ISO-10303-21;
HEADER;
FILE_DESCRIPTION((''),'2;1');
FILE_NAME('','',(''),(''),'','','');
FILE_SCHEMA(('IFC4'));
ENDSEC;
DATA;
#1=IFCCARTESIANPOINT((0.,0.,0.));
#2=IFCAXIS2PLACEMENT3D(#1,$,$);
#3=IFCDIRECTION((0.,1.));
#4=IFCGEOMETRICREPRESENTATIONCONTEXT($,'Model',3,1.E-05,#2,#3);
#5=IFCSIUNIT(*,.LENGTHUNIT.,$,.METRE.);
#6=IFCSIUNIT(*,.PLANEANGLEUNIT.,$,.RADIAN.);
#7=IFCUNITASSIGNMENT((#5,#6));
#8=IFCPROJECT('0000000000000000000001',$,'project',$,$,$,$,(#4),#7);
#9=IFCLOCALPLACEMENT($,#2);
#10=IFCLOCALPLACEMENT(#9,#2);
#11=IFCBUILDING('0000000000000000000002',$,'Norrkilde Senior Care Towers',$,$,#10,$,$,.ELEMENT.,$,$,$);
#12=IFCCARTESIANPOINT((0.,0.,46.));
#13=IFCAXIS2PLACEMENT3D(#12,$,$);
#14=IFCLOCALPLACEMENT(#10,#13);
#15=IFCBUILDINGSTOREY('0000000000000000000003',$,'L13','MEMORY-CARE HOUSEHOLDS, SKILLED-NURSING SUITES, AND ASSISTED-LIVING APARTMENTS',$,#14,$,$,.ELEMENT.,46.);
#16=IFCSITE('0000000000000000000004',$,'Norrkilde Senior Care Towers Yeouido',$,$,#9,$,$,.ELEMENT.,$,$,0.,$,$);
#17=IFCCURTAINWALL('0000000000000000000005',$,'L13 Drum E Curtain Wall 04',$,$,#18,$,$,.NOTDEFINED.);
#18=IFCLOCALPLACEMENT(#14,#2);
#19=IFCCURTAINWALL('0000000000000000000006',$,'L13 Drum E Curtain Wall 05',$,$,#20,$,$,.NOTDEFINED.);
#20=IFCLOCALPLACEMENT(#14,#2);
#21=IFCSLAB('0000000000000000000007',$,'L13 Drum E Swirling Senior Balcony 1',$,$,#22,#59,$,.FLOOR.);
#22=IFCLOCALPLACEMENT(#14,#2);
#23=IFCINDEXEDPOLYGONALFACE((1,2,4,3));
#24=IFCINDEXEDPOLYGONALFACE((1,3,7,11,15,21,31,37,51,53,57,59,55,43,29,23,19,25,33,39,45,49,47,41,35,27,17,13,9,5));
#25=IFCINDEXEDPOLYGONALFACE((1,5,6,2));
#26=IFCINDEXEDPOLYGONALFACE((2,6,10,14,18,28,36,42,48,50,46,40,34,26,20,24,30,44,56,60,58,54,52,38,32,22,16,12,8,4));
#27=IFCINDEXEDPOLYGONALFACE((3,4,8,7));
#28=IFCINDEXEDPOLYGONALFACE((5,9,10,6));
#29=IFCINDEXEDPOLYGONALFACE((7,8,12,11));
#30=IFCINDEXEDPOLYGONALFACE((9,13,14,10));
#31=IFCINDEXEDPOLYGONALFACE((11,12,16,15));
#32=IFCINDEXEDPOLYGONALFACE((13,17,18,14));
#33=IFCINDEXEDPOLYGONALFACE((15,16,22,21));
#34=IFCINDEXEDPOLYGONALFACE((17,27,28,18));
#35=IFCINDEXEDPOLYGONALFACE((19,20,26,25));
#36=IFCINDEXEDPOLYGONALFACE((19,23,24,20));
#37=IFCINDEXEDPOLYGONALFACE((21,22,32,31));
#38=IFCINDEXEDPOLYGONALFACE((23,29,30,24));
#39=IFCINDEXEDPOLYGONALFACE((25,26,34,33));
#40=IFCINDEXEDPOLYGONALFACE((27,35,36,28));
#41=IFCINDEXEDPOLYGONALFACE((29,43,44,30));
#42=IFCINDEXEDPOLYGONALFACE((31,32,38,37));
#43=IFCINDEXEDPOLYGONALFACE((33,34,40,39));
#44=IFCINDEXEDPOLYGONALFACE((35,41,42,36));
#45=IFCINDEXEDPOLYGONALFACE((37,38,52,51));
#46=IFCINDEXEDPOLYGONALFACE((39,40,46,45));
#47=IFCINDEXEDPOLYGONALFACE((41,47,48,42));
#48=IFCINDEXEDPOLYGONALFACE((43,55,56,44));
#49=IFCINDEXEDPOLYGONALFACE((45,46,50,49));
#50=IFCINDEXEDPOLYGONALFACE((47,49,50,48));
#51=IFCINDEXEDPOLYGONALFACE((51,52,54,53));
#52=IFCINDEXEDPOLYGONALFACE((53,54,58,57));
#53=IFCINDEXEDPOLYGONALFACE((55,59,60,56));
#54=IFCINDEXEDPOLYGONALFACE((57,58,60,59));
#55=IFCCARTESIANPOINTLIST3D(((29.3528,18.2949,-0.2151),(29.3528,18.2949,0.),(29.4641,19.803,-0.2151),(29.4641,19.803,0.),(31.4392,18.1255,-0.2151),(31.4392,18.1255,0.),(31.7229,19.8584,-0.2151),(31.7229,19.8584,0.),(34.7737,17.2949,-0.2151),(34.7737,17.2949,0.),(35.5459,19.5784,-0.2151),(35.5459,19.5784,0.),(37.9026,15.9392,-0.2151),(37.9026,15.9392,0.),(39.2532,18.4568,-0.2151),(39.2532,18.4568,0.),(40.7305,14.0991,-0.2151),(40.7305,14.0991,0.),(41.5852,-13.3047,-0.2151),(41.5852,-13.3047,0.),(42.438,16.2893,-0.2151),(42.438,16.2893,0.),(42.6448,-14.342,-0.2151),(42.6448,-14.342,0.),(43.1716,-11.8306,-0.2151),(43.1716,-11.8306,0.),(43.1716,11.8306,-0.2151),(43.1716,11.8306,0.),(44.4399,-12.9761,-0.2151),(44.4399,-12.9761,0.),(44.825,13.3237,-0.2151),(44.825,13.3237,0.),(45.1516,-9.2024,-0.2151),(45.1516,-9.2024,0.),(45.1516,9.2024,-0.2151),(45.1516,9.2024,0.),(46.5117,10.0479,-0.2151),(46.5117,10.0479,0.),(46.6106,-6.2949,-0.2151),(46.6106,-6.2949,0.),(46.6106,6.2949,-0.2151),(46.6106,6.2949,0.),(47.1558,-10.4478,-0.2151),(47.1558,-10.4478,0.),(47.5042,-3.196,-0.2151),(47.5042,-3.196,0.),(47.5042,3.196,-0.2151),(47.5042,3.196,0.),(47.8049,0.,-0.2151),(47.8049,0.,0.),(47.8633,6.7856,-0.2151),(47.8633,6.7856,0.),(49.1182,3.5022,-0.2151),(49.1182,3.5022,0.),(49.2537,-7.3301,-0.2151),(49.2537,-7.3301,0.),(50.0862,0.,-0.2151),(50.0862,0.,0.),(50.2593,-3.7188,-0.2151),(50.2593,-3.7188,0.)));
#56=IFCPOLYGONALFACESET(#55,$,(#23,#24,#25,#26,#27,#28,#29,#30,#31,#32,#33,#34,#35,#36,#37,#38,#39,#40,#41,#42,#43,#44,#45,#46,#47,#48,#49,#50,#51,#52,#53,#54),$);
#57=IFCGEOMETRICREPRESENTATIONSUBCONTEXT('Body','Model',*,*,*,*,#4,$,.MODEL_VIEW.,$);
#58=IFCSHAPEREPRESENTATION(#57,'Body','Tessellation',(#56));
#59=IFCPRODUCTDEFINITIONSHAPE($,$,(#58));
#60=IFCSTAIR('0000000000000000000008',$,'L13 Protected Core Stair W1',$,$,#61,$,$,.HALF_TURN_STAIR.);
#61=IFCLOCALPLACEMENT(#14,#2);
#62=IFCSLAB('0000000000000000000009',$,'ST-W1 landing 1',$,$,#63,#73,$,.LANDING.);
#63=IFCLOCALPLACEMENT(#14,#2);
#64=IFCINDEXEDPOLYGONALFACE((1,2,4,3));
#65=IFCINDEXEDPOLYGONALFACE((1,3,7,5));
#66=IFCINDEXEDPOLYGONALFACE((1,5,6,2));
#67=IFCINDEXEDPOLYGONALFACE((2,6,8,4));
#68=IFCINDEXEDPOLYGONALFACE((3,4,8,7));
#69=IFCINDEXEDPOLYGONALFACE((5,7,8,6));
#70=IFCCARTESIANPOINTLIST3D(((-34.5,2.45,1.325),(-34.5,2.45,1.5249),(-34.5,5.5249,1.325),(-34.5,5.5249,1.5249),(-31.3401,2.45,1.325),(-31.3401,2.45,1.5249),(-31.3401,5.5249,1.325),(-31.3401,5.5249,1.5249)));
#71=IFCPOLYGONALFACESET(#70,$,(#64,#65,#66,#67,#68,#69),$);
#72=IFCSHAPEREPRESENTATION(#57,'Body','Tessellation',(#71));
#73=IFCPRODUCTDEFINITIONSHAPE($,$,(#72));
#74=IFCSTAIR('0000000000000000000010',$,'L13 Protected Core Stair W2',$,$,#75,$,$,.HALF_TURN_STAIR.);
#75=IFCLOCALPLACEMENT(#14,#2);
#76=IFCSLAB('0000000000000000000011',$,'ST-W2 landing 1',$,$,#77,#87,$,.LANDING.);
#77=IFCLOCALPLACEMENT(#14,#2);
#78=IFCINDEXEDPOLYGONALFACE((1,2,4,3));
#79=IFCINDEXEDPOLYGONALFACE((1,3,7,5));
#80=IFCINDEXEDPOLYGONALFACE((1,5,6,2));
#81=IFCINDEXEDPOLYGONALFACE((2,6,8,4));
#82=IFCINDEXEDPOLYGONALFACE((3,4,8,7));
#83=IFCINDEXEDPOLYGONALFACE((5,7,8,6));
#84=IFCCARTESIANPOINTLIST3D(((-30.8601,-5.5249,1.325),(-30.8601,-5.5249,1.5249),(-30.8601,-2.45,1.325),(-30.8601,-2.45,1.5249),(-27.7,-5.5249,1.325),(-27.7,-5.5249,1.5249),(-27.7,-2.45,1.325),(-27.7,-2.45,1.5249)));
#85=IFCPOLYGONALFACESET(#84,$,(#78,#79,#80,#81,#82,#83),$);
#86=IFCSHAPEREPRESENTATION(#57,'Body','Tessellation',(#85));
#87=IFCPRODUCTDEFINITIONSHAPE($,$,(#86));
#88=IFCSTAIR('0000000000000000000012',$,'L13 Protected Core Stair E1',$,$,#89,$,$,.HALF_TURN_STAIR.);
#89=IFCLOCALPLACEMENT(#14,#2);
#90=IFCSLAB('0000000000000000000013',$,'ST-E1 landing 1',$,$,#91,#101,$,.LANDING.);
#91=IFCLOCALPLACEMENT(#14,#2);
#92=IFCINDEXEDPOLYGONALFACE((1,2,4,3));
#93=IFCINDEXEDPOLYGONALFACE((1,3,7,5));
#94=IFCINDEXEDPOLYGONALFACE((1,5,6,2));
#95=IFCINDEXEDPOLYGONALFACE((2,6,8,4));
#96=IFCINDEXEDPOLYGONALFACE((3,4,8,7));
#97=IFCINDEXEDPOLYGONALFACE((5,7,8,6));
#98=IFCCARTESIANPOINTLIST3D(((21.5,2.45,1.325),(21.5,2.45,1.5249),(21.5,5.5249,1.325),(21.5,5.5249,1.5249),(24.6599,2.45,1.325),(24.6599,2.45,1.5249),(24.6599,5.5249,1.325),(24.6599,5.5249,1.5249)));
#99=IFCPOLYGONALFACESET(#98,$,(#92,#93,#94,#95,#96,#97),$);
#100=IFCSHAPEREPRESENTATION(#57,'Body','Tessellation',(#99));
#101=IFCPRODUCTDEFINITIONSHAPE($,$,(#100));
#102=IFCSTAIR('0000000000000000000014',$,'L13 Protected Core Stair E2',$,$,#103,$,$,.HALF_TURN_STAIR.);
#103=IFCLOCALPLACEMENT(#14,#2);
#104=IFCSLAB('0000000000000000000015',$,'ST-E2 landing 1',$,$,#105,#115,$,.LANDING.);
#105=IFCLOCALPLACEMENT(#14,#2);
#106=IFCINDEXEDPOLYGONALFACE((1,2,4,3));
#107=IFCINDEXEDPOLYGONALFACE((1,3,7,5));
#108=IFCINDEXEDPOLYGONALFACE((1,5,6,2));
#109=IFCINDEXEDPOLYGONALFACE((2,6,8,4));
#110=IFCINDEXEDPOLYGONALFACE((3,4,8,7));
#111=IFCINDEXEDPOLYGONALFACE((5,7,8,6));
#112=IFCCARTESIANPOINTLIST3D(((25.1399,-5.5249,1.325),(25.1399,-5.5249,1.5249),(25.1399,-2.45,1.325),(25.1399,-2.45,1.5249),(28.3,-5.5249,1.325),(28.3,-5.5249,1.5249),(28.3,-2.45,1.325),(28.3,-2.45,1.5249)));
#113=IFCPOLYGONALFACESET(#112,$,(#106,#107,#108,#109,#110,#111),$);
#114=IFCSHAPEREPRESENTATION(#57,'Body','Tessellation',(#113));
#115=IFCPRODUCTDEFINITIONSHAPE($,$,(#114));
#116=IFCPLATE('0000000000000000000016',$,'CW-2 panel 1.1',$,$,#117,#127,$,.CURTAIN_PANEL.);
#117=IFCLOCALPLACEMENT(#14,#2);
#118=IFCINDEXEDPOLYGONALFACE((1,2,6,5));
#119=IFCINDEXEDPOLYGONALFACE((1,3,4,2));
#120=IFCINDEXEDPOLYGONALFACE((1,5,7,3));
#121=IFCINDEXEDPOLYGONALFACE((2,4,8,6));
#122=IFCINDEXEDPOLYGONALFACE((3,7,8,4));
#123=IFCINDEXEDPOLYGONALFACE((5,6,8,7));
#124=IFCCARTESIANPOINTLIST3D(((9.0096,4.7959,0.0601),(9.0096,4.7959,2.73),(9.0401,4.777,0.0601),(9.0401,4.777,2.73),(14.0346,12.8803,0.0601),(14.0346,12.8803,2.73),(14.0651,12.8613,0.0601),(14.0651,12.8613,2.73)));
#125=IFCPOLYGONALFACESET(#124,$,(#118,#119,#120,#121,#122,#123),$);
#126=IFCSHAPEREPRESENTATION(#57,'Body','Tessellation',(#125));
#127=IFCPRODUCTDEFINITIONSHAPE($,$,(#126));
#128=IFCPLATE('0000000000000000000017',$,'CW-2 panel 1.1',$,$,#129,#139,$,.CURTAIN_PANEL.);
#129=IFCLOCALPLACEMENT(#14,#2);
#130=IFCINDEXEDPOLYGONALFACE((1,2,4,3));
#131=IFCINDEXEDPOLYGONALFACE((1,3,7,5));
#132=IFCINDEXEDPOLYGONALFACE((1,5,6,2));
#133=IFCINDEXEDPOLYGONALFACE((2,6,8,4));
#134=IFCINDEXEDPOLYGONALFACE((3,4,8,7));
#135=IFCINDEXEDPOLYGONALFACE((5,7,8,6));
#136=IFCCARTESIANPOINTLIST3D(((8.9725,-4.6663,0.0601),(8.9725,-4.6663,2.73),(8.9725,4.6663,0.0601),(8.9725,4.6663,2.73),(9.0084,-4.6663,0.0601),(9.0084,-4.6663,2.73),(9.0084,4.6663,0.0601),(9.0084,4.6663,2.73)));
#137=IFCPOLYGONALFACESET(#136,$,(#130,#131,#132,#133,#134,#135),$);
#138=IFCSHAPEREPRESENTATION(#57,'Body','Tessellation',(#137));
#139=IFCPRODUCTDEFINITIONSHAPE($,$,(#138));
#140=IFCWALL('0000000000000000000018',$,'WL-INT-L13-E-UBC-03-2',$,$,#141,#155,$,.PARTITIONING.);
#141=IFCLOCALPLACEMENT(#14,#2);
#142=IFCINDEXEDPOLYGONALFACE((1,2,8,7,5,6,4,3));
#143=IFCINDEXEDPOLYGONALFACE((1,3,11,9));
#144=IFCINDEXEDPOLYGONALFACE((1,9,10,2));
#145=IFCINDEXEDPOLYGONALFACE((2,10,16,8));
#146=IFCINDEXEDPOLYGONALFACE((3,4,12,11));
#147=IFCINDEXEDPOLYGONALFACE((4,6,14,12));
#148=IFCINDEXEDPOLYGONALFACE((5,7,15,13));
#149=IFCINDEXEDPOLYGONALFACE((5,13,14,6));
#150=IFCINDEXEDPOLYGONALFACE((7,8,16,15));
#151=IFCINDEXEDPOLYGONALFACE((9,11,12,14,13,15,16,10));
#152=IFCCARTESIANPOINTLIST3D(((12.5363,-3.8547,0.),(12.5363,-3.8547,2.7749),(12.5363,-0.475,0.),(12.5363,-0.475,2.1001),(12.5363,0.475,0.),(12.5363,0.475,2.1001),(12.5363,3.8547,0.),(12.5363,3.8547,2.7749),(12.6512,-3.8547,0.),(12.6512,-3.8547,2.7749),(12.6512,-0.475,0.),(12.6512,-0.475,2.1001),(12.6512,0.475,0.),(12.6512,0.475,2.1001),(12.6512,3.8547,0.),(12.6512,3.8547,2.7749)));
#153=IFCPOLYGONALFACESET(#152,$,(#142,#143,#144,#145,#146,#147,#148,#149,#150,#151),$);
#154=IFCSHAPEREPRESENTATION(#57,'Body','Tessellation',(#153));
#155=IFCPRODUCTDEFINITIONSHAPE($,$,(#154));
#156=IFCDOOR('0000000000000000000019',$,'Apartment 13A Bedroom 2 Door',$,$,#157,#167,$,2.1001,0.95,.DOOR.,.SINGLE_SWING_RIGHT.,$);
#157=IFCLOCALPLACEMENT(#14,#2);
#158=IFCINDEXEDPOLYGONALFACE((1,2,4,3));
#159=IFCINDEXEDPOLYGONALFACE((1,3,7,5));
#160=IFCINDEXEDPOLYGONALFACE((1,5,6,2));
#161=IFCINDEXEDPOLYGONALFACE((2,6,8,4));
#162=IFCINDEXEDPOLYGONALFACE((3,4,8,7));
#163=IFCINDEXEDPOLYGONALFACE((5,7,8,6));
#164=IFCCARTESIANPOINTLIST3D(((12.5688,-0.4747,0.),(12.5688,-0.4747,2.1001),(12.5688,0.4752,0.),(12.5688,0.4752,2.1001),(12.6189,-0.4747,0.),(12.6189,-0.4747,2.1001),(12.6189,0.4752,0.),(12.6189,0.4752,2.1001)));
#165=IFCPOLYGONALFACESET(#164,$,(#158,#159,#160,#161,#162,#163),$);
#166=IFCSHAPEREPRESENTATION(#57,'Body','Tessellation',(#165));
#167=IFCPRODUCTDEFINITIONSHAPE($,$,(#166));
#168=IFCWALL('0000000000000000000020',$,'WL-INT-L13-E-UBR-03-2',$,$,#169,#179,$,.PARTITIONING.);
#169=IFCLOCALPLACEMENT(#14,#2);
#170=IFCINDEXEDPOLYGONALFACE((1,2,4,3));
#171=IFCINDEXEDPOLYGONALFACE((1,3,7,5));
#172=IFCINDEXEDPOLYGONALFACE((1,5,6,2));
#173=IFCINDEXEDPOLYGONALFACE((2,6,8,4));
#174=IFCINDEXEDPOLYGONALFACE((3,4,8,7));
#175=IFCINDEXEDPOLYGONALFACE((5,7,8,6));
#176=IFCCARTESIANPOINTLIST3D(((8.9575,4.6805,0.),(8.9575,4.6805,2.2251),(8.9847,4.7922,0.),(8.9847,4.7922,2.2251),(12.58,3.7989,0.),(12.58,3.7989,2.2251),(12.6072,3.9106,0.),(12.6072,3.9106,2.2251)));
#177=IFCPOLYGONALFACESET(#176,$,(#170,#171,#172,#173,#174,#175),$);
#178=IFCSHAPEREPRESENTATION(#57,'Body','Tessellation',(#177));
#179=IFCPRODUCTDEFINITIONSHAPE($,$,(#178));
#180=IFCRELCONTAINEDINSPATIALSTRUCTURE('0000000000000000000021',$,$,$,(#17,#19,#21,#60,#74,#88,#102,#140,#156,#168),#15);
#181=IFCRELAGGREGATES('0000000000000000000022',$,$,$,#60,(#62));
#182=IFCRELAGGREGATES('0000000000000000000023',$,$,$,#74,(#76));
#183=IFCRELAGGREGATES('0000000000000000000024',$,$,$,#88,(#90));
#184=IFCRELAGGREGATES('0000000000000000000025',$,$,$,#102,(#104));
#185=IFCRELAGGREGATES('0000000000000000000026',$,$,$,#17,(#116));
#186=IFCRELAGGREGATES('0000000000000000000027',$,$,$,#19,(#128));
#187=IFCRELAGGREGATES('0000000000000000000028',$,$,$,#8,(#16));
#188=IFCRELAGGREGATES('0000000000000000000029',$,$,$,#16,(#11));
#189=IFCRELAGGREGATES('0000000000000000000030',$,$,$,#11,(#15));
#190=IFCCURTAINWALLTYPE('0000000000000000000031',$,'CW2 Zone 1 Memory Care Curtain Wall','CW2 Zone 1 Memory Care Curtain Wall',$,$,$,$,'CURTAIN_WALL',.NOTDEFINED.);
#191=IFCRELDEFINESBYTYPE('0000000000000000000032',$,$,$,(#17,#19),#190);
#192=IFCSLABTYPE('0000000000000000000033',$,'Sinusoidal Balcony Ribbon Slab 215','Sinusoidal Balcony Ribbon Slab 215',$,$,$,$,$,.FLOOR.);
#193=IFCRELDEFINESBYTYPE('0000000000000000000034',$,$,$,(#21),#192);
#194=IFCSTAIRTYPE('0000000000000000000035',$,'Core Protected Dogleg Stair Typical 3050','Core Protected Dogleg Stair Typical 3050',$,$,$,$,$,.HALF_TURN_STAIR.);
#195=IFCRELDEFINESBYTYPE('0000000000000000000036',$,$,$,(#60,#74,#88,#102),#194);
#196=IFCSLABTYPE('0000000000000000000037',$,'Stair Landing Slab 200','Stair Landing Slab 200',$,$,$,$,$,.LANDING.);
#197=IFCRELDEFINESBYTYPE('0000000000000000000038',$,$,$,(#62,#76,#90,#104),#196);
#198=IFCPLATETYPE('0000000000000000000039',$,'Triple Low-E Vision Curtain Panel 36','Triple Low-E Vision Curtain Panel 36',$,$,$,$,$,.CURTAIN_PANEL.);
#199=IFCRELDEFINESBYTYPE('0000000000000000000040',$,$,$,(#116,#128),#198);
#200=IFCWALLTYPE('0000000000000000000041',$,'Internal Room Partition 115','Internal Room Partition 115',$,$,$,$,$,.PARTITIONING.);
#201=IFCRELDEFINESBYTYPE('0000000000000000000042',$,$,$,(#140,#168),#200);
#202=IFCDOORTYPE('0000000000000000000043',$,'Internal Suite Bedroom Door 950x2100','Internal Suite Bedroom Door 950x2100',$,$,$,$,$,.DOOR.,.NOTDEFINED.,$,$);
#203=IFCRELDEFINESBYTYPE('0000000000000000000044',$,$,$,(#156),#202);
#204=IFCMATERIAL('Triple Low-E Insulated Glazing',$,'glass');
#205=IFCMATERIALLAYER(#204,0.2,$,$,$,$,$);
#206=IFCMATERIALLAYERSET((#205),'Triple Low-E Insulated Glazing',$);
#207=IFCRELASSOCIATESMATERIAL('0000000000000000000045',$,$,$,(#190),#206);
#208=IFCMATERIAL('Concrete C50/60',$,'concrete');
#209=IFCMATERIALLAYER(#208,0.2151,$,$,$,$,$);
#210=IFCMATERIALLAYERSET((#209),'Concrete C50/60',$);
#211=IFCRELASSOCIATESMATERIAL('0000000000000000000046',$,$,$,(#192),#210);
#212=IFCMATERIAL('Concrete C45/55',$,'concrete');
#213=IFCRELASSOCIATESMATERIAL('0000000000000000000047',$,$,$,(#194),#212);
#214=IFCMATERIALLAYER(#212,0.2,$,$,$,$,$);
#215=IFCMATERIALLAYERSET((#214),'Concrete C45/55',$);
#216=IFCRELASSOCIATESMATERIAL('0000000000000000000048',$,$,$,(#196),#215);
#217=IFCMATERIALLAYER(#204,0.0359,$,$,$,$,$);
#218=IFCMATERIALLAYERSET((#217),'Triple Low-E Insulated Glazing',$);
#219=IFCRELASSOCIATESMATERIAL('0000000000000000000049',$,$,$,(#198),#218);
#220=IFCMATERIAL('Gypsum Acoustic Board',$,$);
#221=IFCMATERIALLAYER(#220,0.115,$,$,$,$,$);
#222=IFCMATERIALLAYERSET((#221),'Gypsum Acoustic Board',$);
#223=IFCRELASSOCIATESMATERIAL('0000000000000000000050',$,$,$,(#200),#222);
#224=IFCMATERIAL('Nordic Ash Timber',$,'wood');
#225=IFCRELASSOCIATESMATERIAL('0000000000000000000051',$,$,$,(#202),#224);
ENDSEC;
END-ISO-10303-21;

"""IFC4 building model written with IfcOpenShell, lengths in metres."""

from ifc_helpers import new_model, si_unit, direction, frame, frame_2d, origin, origin_2d, place, context, subcontext, project, spatial, polyline, rectangle, outline, extrude, source, transform, mapped, material, layer, layer_set, type_object, type_shapes, element, fill, aggregate, save


model = new_model("IFC4")

# Units and contexts
model_context = context("Model", 3, precision=1e-05, world=origin(), true_north=direction((0.0, 1.0)))
body_context = subcontext(model_context, "Body", "Model", "MODEL_VIEW")
ifc_project = project(units=[si_unit("LENGTHUNIT", "METRE"), si_unit("PLANEANGLEUNIT", "RADIAN")], contexts=[model_context])

# Site, building, storey
site_placement = place(None, origin())
site = spatial("IfcSite", under=ifc_project, at=site_placement, Name="Norrkilde Senior Care Towers Yeouido", CompositionType="ELEMENT", RefElevation=0.0)
building_placement = place(site_placement, origin())
building = spatial("IfcBuilding", under=site, at=building_placement, Name="Norrkilde Senior Care Towers", CompositionType="ELEMENT")
storey_placement = place(building_placement, frame((0.0, 0.0, 46.0)))
storey = spatial("IfcBuildingStorey", under=building, at=storey_placement, Name="L13", Description="MEMORY-CARE HOUSEHOLDS, SKILLED-NURSING SUITES, AND ASSISTED-LIVING APARTMENTS", CompositionType="ELEMENT", Elevation=46.0)

# Shared definitions
ifc_material_1 = material(Name="Triple Low-E Insulated Glazing", Category="glass")
ifc_layer_1 = layer(ifc_material_1, 0.2)
ifc_layer_set_1 = layer_set([ifc_layer_1], Name="Triple Low-E Insulated Glazing")
curtain_wall_type = type_object("IfcCurtainWallType", Name="CW2 Zone 1 Memory Care Curtain Wall", Description="CW2 Zone 1 Memory Care Curtain Wall", ElementType="CURTAIN_WALL", PredefinedType="NOTDEFINED", material=ifc_layer_set_1)

# Curtain wall
curtain_wall_1_placement = place(storey_placement, origin())
curtain_wall_1 = element("IfcCurtainWall", 1, at=curtain_wall_1_placement, inside=storey, type_object=curtain_wall_type, Name="L13 Drum E Curtain Wall 04", PredefinedType="NOTDEFINED")

# Curtain wall
curtain_wall_2_placement = place(storey_placement, origin())
curtain_wall_2 = element("IfcCurtainWall", 2, at=curtain_wall_2_placement, inside=storey, type_object=curtain_wall_type, Name="L13 Drum E Curtain Wall 05", PredefinedType="NOTDEFINED")

# Slab
ifc_material_2 = material(Name="Concrete C50/60", Category="concrete")
ifc_layer_2 = layer(ifc_material_2, 0.2151)
ifc_layer_set_2 = layer_set([ifc_layer_2], Name="Concrete C50/60")
slab_type_1 = type_object("IfcSlabType", Name="Sinusoidal Balcony Ribbon Slab 215", Description="Sinusoidal Balcony Ribbon Slab 215", PredefinedType="FLOOR", material=ifc_layer_set_2)
slab_1_placement = place(storey_placement, frame((0.0, 0.0, -0.2151)))
element("IfcSlab", 3, at=slab_1_placement, inside=storey, type_object=slab_type_1, Name="L13 Drum E Swirling Senior Balcony 1", PredefinedType="FLOOR", context=body_context, shape_type="SweptSolid", body=[
    extrude(outline(polyline([(47.1558, -10.4478), (44.4399, -12.9761), (42.6448, -14.342), (41.5852, -13.3047), (43.1716, -11.8306), (45.1516, -9.2024), (46.6106, -6.2949), (47.5042, -3.196), (47.8049, 0.0), (47.5042, 3.196), (46.6106, 6.2949), (45.1516, 9.2024), (43.1716, 11.8306), (40.7305, 14.0991), (37.9026, 15.9392), (34.7737, 17.2949), (31.4392, 18.1255), (29.3528, 18.2949), (29.4641, 19.803), (31.7229, 19.8584), (35.5459, 19.5784), (39.2532, 18.4568), (42.438, 16.2893), (44.825, 13.3237), (46.5117, 10.0479), (47.8633, 6.7856), (49.1182, 3.5022), (50.0862, 0.0), (50.2593, -3.7188), (49.2537, -7.3301), (47.1558, -10.4478)])), origin(), (0.0, 0.0, 1.0), 0.2151),
])

# Stairs, slabs
ifc_material_3 = material(Name="Concrete C45/55", Category="concrete")
stair_type = type_object("IfcStairType", Name="Core Protected Dogleg Stair Typical 3050", Description="Core Protected Dogleg Stair Typical 3050", PredefinedType="HALF_TURN_STAIR", material=ifc_material_3)
stair_1_placement = place(storey_placement, origin())
stair_1 = element("IfcStair", 4, at=stair_1_placement, inside=storey, type_object=stair_type, Name="L13 Protected Core Stair W1", PredefinedType="HALF_TURN_STAIR")
ifc_layer_3 = layer(ifc_material_3, 0.2)
ifc_layer_set_3 = layer_set([ifc_layer_3], Name="Concrete C45/55")
slab_type_2 = type_object("IfcSlabType", Name="Stair Landing Slab 200", Description="Stair Landing Slab 200", PredefinedType="LANDING", material=ifc_layer_set_3)
slab_2_placement = place(storey_placement, frame((0.0, 0.0, 1.325)))
slab_2 = element("IfcSlab", 5, at=slab_2_placement, type_object=slab_type_2, Name="ST-W1 landing 1", PredefinedType="LANDING", context=body_context, shape_type="SweptSolid", body=[
    extrude(outline(polyline([(-31.3401, 5.5249), (-34.5, 5.5249), (-34.5, 2.45), (-31.3401, 2.45), (-31.3401, 5.5249)])), origin(), (0.0, 0.0, 1.0), 0.2),
])
aggregate(stair_1, [slab_2])
stair_2_placement = place(storey_placement, origin())
stair_2 = element("IfcStair", 6, at=stair_2_placement, inside=storey, type_object=stair_type, Name="L13 Protected Core Stair W2", PredefinedType="HALF_TURN_STAIR")
slab_3_placement = place(storey_placement, frame((0.0, 0.0, 1.325)))
slab_3 = element("IfcSlab", 7, at=slab_3_placement, type_object=slab_type_2, Name="ST-W2 landing 1", PredefinedType="LANDING", context=body_context, shape_type="SweptSolid", body=[
    extrude(outline(polyline([(-30.8601, -5.5249), (-27.7, -5.5249), (-27.7, -2.45), (-30.8601, -2.45), (-30.8601, -5.5249)])), origin(), (0.0, 0.0, 1.0), 0.2),
])
aggregate(stair_2, [slab_3])
stair_3_placement = place(storey_placement, origin())
stair_3 = element("IfcStair", 8, at=stair_3_placement, inside=storey, type_object=stair_type, Name="L13 Protected Core Stair E1", PredefinedType="HALF_TURN_STAIR")
slab_4_placement = place(storey_placement, frame((0.0, 0.0, 1.325)))
slab_4 = element("IfcSlab", 9, at=slab_4_placement, type_object=slab_type_2, Name="ST-E1 landing 1", PredefinedType="LANDING", context=body_context, shape_type="SweptSolid", body=[
    extrude(outline(polyline([(24.6599, 5.5249), (21.5, 5.5249), (21.5, 2.45), (24.6599, 2.45), (24.6599, 5.5249)])), origin(), (0.0, 0.0, 1.0), 0.2),
])
aggregate(stair_3, [slab_4])
stair_4_placement = place(storey_placement, origin())
stair_4 = element("IfcStair", 10, at=stair_4_placement, inside=storey, type_object=stair_type, Name="L13 Protected Core Stair E2", PredefinedType="HALF_TURN_STAIR")
slab_5_placement = place(storey_placement, frame((0.0, 0.0, 1.325)))
slab_5 = element("IfcSlab", 11, at=slab_5_placement, type_object=slab_type_2, Name="ST-E2 landing 1", PredefinedType="LANDING", context=body_context, shape_type="SweptSolid", body=[
    extrude(outline(polyline([(25.1399, -5.5249), (28.3, -5.5249), (28.3, -2.45), (25.1399, -2.45), (25.1399, -5.5249)])), origin(), (0.0, 0.0, 1.0), 0.2),
])
aggregate(stair_4, [slab_5])

# Plates
ifc_layer_4 = layer(ifc_material_1, 0.0359)
ifc_layer_set_4 = layer_set([ifc_layer_4], Name="Triple Low-E Insulated Glazing")
plate_type = type_object("IfcPlateType", Name="Triple Low-E Vision Curtain Panel 36", Description="Triple Low-E Vision Curtain Panel 36", PredefinedType="CURTAIN_PANEL", material=ifc_layer_set_4)
shared_shape_1 = source(origin(), body_context, "Body", "SweptSolid", [
    extrude(rectangle(XDim=9.5188, YDim=0.0359, at=origin_2d()), origin(), (0.0, 0.0, 1.0), 2.6699),
])
plate_1_placement = place(storey_placement, frame((11.5374, 8.8286, 0.0601), z_axis=(0.0, 0.0, 1.0), x_axis=(0.527901, 0.849306, 0.0)))
plate_1 = element("IfcPlate", 12, at=plate_1_placement, type_object=plate_type, Name="CW-2 panel 1.1", PredefinedType="CURTAIN_PANEL", context=body_context, shape_type="MappedRepresentation", body=[
    mapped(shared_shape_1, transform((0.0, 0.0, 0.0), x_axis=(1.0, 0.0, 0.0), y_axis=(0.0, 1.0, 0.0), z_axis=(0.0, 0.0, 1.0), scale=1.0)),
])
aggregate(curtain_wall_1, [plate_1])
shared_shape_2 = source(origin(), body_context, "Body", "SweptSolid", [
    extrude(rectangle(XDim=9.3325, YDim=0.0359, at=origin_2d()), origin(), (0.0, 0.0, 1.0), 2.6699),
])
type_shapes(plate_type, [shared_shape_1, shared_shape_2])
plate_2_placement = place(storey_placement, frame((8.9905, 0.0, 0.0601), z_axis=(0.0, 0.0, 1.0), x_axis=(0.0, 1.0, 0.0)))
plate_2 = element("IfcPlate", 13, at=plate_2_placement, type_object=plate_type, Name="CW-2 panel 1.1", PredefinedType="CURTAIN_PANEL", context=body_context, shape_type="MappedRepresentation", body=[
    mapped(shared_shape_2, transform((0.0, 0.0, 0.0), x_axis=(1.0, 0.0, 0.0), y_axis=(0.0, 1.0, 0.0), z_axis=(0.0, 0.0, 1.0), scale=1.0)),
])
aggregate(curtain_wall_2, [plate_2])

# Wall, opening, door
ifc_material_4 = material(Name="Gypsum Acoustic Board")
ifc_layer_5 = layer(ifc_material_4, 0.115)
ifc_layer_set_5 = layer_set([ifc_layer_5], Name="Gypsum Acoustic Board")
wall_type = type_object("IfcWallType", Name="Internal Room Partition 115", Description="Internal Room Partition 115", PredefinedType="PARTITIONING", material=ifc_layer_set_5)
shared_shape_3 = source(origin(), body_context, "Body", "SweptSolid", [
    extrude(rectangle(XDim=7.7095, YDim=0.115, at=frame_2d((3.8547, 0.0))), origin(), (0.0, 0.0, 1.0), 2.7749),
])
wall_1_placement = place(storey_placement, frame((12.5938, 3.8547, 0.0), z_axis=(0.0, 0.0, 1.0), x_axis=(0.0, -1.0, 0.0)))
wall_1 = element("IfcWall", 14, at=wall_1_placement, inside=storey, type_object=wall_type, Name="WL-INT-L13-E-UBC-03-2", PredefinedType="PARTITIONING", context=body_context, shape_type="MappedRepresentation", body=[
    mapped(shared_shape_3, transform((0.0, 0.0, 0.0), x_axis=(1.0, 0.0, 0.0), y_axis=(0.0, 1.0, 0.0), z_axis=(0.0, 0.0, 1.0), scale=1.0)),
])
opening_placement = place(wall_1_placement, frame((3.3796, 0.0, 0.0)))
opening = element("IfcOpeningElement", 15, at=opening_placement, cuts=wall_1, PredefinedType="OPENING", context=body_context, shape_type="SweptSolid", body=[
    extrude(rectangle(XDim=0.95, YDim=2.1001, at=frame_2d((0.4751, 1.05))), frame((0.0, 0.0674, 0.0), z_axis=(0.0, -1.0, 0.0), x_axis=(1.0, 0.0, 0.0)), (0.0, 0.0, 1.0), 0.135),
])
ifc_material_5 = material(Name="Nordic Ash Timber", Category="wood")
door_type = type_object("IfcDoorType", Name="Internal Suite Bedroom Door 950x2100", Description="Internal Suite Bedroom Door 950x2100", OperationType="NOTDEFINED", PredefinedType="DOOR", material=ifc_material_5)
shared_shape_4 = source(origin(), body_context, "Body", "SweptSolid", [
    extrude(rectangle(XDim=0.95, YDim=2.1001, at=frame_2d((0.4751, 1.05))), frame((0.0, 0.0249, 0.0), z_axis=(0.0, -1.0, 0.0), x_axis=(1.0, 0.0, 0.0)), (0.0, 0.0, 1.0), 0.05),
])
type_shapes(door_type, [shared_shape_4])
door_placement = place(opening_placement, frame((0.95, 0.0, 0.0), z_axis=(0.0, 0.0, 1.0), x_axis=(-1.0, 0.0, 0.0)))
door = element("IfcDoor", 16, at=door_placement, inside=storey, type_object=door_type, Name="Apartment 13A Bedroom 2 Door", OperationType="SINGLE_SWING_RIGHT", OverallHeight=2.1001, OverallWidth=0.95, PredefinedType="DOOR", context=body_context, shape_type="MappedRepresentation", body=[
    mapped(shared_shape_4, transform((0.0, 0.0, 0.0), x_axis=(1.0, 0.0, 0.0), y_axis=(0.0, 1.0, 0.0), z_axis=(0.0, 0.0, 1.0), scale=1.0)),
])
fill(opening, door)

# Wall
shared_shape_5 = source(origin(), body_context, "Body", "SweptSolid", [
    extrude(rectangle(XDim=3.7283, YDim=0.115, at=frame_2d((1.8643, 0.0))), origin(), (0.0, 0.0, 1.0), 2.2251),
])
type_shapes(wall_type, [shared_shape_3, shared_shape_5])
wall_2_placement = place(storey_placement, frame((12.5938, 3.8547, 0.0), z_axis=(0.0, 0.0, 1.0), x_axis=(-0.971641, 0.23646, 0.0)))
element("IfcWall", 17, at=wall_2_placement, inside=storey, type_object=wall_type, Name="WL-INT-L13-E-UBR-03-2", PredefinedType="PARTITIONING", context=body_context, shape_type="MappedRepresentation", body=[
    mapped(shared_shape_5, transform((0.0, 0.0, 0.0), x_axis=(1.0, 0.0, 0.0), y_axis=(0.0, 1.0, 0.0), z_axis=(0.0, 0.0, 1.0), scale=1.0)),
])

save(model, "model.ifc")
